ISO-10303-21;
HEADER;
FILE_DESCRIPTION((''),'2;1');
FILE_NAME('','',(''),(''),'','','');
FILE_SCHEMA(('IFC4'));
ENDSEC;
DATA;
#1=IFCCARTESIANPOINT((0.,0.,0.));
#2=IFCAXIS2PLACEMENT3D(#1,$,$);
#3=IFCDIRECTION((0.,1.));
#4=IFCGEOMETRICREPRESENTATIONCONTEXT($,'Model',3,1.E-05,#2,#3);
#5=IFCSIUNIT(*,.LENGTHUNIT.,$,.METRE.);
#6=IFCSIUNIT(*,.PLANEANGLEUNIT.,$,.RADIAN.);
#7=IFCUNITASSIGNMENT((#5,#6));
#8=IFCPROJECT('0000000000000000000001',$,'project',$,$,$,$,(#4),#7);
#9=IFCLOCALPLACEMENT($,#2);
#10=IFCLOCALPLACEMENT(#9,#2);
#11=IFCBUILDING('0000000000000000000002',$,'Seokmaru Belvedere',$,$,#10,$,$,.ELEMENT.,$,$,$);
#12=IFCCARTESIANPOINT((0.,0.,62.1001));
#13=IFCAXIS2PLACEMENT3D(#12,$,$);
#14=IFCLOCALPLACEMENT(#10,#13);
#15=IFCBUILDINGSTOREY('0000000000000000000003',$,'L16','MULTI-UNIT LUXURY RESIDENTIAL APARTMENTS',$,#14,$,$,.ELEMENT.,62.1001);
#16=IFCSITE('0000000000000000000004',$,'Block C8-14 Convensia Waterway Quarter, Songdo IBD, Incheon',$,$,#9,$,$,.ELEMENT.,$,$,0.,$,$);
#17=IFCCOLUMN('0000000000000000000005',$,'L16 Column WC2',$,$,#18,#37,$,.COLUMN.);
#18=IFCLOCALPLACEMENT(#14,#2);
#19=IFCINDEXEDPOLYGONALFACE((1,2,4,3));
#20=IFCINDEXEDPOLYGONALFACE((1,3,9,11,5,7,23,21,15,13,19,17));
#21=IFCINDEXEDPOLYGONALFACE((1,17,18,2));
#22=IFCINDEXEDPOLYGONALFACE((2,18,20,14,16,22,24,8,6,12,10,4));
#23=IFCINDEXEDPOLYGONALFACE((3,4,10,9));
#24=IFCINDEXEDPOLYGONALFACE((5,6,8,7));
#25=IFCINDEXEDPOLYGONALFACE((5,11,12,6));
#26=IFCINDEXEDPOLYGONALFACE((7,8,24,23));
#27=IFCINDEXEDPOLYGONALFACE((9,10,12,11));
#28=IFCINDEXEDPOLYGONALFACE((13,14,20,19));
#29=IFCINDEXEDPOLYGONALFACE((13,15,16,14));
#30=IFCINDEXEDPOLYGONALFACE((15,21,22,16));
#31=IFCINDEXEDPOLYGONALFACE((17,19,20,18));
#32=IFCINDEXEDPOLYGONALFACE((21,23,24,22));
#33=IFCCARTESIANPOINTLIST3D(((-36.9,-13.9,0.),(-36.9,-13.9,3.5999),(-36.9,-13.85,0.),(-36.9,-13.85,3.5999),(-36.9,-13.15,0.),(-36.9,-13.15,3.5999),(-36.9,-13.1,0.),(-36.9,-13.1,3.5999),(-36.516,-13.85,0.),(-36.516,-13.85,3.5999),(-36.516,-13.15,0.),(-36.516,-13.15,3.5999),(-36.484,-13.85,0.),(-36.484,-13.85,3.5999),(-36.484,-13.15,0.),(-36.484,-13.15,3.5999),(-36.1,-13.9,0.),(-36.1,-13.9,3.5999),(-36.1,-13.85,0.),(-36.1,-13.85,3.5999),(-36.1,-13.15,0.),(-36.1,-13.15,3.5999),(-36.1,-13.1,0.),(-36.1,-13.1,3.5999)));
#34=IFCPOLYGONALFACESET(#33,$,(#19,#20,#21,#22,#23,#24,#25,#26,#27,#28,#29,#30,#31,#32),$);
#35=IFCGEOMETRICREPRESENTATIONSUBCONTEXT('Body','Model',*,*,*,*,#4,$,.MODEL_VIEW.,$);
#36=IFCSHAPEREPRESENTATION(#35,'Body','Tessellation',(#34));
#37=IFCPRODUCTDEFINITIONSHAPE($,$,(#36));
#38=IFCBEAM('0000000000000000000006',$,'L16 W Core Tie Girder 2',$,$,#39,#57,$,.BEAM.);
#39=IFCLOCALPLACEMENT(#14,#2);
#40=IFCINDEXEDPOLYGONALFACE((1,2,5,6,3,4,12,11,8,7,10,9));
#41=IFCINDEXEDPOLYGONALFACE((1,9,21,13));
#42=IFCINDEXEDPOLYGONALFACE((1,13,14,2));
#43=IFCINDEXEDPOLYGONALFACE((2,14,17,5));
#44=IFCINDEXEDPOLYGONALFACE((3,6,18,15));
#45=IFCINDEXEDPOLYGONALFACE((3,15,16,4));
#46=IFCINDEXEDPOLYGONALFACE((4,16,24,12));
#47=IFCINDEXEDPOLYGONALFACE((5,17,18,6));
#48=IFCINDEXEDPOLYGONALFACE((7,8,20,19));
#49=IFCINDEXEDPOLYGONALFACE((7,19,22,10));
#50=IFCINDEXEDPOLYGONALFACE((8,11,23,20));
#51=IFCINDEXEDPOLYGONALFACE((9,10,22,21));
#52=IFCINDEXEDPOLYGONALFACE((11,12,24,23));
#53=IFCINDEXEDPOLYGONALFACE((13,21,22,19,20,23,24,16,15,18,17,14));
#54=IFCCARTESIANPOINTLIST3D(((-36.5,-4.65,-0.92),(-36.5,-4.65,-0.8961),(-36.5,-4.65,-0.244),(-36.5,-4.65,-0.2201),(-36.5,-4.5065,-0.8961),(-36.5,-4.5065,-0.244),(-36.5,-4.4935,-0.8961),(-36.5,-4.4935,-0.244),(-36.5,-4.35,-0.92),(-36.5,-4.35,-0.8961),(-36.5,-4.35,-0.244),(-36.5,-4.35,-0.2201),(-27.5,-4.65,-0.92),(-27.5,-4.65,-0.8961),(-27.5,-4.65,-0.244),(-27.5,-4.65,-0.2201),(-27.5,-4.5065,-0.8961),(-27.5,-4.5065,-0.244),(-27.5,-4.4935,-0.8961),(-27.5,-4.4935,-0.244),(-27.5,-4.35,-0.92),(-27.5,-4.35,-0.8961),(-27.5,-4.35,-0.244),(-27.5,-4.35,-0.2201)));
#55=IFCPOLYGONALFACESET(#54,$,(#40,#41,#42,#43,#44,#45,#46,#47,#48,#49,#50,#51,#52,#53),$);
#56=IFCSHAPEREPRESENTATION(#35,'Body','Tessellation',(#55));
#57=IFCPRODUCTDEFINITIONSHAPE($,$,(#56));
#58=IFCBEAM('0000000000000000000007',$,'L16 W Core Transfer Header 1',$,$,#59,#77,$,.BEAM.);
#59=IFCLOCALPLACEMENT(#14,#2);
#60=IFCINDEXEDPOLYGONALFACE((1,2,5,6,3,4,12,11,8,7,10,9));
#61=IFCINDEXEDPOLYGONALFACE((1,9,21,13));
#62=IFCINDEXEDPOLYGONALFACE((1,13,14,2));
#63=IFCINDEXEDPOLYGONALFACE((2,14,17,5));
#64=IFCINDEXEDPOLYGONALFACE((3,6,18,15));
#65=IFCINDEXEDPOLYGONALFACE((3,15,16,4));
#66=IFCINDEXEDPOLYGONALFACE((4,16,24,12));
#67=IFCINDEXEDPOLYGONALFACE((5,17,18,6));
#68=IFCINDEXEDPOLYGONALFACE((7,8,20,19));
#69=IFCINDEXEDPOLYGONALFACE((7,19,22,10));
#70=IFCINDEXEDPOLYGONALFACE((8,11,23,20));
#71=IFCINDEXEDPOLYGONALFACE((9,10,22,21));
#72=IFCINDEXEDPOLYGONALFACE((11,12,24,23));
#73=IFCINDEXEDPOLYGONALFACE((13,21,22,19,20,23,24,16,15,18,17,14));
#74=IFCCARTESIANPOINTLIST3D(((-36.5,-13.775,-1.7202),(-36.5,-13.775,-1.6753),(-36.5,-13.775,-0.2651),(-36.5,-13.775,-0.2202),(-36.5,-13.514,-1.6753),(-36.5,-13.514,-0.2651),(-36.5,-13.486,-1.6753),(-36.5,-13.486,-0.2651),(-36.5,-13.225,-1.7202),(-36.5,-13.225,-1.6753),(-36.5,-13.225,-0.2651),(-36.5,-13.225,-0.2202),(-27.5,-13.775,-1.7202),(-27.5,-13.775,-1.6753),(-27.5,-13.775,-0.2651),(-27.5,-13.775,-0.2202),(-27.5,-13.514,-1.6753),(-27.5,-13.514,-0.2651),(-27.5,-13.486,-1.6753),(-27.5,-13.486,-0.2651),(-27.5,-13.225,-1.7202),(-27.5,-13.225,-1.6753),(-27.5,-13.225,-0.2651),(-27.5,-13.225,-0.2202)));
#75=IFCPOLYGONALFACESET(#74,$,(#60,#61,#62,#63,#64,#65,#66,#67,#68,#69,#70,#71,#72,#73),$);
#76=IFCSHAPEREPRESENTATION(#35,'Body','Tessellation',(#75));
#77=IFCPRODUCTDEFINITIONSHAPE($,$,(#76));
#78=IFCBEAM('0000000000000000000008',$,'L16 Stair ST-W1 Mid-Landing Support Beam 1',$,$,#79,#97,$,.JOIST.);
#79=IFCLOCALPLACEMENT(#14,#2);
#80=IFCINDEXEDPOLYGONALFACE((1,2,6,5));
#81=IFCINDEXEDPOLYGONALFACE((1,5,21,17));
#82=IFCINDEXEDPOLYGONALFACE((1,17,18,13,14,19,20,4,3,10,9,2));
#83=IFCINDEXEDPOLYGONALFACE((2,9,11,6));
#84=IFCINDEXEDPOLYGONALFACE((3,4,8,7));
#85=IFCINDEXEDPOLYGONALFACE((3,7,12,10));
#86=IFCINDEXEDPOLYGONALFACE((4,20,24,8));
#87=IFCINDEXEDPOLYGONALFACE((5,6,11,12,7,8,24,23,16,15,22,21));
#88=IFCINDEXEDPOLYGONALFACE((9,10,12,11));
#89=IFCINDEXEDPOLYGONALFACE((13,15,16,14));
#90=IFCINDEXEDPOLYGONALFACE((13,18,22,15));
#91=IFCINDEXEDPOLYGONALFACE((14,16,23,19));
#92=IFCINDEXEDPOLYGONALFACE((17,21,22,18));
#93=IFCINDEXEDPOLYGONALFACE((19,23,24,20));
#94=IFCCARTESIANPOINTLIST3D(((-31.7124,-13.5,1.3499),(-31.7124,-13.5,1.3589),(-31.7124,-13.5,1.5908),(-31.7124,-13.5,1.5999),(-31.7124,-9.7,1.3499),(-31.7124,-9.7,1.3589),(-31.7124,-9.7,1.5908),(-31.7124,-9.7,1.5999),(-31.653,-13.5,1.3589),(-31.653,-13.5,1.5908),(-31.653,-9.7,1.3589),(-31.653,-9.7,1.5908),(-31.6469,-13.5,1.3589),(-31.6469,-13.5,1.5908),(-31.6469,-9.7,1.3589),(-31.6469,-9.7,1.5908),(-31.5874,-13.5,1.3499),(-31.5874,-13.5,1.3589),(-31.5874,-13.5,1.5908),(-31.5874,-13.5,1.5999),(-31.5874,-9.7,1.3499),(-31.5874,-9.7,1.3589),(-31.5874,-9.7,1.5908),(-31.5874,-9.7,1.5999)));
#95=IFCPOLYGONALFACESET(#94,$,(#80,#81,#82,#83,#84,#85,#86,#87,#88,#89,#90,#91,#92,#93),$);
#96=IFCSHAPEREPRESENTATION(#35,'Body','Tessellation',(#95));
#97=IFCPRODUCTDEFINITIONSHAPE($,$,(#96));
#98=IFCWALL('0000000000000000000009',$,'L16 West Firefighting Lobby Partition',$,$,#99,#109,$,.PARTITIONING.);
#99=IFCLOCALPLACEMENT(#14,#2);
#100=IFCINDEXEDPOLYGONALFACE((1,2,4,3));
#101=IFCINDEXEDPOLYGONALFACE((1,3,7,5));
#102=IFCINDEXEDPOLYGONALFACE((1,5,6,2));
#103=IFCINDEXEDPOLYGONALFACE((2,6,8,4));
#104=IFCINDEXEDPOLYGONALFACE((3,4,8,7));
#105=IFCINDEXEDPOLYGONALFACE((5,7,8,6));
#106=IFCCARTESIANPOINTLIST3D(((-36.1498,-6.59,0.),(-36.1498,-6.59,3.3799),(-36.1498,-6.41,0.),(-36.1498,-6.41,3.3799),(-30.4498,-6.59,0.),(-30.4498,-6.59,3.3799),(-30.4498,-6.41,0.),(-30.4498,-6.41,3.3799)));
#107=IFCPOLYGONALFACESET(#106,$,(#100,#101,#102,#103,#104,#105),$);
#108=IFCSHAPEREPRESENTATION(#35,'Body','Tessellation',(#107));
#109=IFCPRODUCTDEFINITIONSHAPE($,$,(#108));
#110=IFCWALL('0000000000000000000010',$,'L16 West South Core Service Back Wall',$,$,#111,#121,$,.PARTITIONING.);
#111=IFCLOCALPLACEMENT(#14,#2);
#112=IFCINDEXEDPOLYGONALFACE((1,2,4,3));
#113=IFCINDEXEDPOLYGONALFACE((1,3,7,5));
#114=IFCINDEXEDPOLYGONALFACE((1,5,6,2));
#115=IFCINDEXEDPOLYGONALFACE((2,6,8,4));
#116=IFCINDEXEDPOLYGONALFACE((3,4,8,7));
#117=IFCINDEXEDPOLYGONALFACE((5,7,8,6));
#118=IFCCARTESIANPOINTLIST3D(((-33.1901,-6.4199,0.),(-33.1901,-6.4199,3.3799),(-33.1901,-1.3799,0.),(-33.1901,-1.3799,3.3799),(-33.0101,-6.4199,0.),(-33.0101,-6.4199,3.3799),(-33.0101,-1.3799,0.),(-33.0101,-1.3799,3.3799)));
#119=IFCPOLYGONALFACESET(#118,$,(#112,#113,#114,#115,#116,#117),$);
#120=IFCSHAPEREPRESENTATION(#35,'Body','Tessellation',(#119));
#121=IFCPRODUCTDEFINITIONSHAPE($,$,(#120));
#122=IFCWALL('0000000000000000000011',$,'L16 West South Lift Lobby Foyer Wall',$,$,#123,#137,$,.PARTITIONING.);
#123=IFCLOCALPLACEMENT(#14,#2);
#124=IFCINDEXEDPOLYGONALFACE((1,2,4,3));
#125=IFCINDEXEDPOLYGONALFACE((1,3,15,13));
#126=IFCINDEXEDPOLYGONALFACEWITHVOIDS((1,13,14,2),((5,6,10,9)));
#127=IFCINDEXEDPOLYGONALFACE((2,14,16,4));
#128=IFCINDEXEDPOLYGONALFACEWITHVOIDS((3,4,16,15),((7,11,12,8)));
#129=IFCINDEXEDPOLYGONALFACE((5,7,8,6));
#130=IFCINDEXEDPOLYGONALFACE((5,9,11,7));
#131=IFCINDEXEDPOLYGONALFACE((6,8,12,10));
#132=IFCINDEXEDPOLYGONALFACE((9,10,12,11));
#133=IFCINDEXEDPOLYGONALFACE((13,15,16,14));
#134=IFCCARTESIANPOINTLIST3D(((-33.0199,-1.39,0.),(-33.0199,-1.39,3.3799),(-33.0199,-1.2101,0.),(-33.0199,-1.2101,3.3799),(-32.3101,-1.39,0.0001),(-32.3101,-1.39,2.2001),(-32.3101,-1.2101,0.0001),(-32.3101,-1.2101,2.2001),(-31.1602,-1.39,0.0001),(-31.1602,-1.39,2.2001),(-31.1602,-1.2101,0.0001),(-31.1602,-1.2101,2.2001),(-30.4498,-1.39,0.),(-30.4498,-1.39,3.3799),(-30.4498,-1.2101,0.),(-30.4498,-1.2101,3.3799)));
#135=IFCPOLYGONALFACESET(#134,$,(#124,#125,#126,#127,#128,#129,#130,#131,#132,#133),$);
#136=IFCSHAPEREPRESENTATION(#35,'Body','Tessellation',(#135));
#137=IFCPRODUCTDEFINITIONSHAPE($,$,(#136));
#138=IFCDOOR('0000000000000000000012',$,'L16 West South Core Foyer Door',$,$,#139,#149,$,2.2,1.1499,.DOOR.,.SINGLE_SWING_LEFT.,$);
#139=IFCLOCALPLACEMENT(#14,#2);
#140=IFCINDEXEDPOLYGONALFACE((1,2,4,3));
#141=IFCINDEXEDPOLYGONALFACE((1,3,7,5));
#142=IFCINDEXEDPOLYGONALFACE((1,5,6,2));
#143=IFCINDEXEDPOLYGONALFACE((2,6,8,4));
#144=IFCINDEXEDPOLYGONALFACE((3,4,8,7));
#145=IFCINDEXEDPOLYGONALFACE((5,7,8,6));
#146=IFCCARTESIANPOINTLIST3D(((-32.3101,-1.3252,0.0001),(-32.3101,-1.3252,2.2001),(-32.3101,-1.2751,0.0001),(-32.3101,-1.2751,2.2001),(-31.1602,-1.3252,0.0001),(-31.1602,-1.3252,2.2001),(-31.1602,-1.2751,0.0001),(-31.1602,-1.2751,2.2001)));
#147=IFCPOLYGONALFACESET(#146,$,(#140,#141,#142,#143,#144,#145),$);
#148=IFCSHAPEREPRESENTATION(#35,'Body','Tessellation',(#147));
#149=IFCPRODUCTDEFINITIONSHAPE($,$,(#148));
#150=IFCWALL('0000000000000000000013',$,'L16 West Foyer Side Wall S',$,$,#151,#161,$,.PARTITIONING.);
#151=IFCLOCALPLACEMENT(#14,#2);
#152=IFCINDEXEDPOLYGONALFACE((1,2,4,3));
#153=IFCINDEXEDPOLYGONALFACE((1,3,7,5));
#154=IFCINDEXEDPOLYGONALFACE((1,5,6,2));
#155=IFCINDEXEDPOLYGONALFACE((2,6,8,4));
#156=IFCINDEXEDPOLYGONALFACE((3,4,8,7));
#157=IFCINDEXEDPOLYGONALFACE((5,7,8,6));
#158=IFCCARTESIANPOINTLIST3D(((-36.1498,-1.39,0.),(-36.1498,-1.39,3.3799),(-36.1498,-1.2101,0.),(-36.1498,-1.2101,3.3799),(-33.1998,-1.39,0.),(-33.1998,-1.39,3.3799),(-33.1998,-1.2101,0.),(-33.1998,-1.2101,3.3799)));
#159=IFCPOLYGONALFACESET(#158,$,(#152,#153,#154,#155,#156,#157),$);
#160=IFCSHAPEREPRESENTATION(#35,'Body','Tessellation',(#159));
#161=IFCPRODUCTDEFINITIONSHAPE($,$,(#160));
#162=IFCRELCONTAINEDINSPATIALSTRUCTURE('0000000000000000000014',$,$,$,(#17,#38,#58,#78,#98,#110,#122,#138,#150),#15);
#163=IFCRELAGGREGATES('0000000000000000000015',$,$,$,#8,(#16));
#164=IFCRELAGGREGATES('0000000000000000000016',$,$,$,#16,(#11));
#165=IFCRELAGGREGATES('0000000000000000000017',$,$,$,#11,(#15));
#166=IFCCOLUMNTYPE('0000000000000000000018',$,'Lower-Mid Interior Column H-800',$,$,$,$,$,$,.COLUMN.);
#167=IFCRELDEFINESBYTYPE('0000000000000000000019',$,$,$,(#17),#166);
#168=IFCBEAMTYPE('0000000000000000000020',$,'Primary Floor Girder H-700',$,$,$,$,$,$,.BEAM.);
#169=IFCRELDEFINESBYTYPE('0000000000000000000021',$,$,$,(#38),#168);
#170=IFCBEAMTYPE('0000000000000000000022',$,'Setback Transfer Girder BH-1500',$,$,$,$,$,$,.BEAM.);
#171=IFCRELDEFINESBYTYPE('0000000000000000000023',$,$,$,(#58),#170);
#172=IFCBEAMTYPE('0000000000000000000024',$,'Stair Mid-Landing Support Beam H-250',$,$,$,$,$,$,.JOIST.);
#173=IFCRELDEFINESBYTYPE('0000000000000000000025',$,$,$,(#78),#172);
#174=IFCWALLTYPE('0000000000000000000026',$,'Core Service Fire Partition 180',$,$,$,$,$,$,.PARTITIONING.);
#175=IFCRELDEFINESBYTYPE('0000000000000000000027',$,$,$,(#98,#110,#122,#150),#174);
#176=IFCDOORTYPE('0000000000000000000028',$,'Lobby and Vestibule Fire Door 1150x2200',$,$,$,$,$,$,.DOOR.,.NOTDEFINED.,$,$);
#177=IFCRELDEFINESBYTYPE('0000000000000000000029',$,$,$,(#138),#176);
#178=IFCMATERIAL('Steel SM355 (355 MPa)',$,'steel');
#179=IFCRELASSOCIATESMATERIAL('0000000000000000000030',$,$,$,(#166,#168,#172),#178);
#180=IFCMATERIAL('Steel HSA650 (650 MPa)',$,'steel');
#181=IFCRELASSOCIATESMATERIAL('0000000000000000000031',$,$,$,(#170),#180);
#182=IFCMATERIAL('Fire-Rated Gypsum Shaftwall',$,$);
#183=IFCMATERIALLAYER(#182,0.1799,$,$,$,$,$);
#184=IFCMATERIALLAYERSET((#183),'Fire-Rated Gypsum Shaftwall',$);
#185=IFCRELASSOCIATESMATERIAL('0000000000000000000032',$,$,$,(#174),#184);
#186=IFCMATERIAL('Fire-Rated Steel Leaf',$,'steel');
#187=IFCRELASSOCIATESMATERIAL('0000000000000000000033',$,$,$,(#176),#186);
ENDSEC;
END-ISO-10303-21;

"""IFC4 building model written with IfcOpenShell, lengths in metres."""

from ifc_helpers import new_model, si_unit, direction, frame, frame_2d, origin, origin_2d, place, context, subcontext, project, spatial, rectangle, i_section, extrude, source, transform, mapped, material, layer, layer_set, material_profile, profile_set, type_object, type_shapes, element, fill, save


model = new_model("IFC4")

# Units and contexts
model_context = context("Model", 3, precision=1e-05, world=origin(), true_north=direction((0.0, 1.0)))
body_context = subcontext(model_context, "Body", "Model", "MODEL_VIEW")
ifc_project = project(units=[si_unit("LENGTHUNIT", "METRE"), si_unit("PLANEANGLEUNIT", "RADIAN")], contexts=[model_context])

# Site, building, storey
site_placement = place(None, origin())
site = spatial("IfcSite", under=ifc_project, at=site_placement, Name="Block C8-14 Convensia Waterway Quarter, Songdo IBD, Incheon", CompositionType="ELEMENT", RefElevation=0.0)
building_placement = place(site_placement, origin())
building = spatial("IfcBuilding", under=site, at=building_placement, Name="Seokmaru Belvedere", CompositionType="ELEMENT")
storey_placement = place(building_placement, frame((0.0, 0.0, 62.1001)))
storey = spatial("IfcBuildingStorey", under=building, at=storey_placement, Name="L16", Description="MULTI-UNIT LUXURY RESIDENTIAL APARTMENTS", CompositionType="ELEMENT", Elevation=62.1001)

# Column
ifc_material_1 = material(Name="Steel SM355 (355 MPa)", Category="steel")
ifc_material_profile_1 = material_profile(ifc_material_1, i_section(OverallWidth=0.8, OverallDepth=0.8, WebThickness=0.032, FlangeThickness=0.05, at=origin_2d()), Name="H-800x800x32x50")
ifc_profile_set_1 = profile_set([ifc_material_profile_1], Name="Steel SM355 (355 MPa)")
column_type = type_object("IfcColumnType", Name="Lower-Mid Interior Column H-800", PredefinedType="COLUMN", material=ifc_profile_set_1)
shared_shape_1 = source(origin(), body_context, "Body", "SweptSolid", [
    extrude(i_section(OverallWidth=0.8, OverallDepth=0.8, WebThickness=0.032, FlangeThickness=0.05, at=origin_2d()), origin(), (0.0, 0.0, 1.0), 3.5999),
])
type_shapes(column_type, [shared_shape_1])
column_placement = place(storey_placement, frame((-36.5, -13.5, 0.0), z_axis=(0.0, 0.0, 1.0), x_axis=(1.0, 0.0, 0.0)))
element("IfcColumn", 1, at=column_placement, inside=storey, type_object=column_type, Name="L16 Column WC2", PredefinedType="COLUMN", context=body_context, shape_type="MappedRepresentation", body=[
    mapped(shared_shape_1, transform((0.0, 0.0, 0.0), scale=1.0)),
])

# Beams
ifc_material_profile_2 = material_profile(ifc_material_1, i_section(OverallWidth=0.3, OverallDepth=0.7, WebThickness=0.0129, FlangeThickness=0.0239, at=origin_2d()), Name="H-700x300x13x24")
ifc_profile_set_2 = profile_set([ifc_material_profile_2], Name="Steel SM355 (355 MPa)")
beam_type_1 = type_object("IfcBeamType", Name="Primary Floor Girder H-700", PredefinedType="BEAM", material=ifc_profile_set_2)
shared_shape_2 = source(origin(), body_context, "Body", "SweptSolid", [
    extrude(i_section(OverallWidth=0.3, OverallDepth=0.7, WebThickness=0.0129, FlangeThickness=0.0239, at=origin_2d()), origin(), (0.0, 0.0, 1.0), 9.0),
])
type_shapes(beam_type_1, [shared_shape_2])
beam_1_placement = place(storey_placement, frame((-36.5, -4.5, -0.5701), z_axis=(1.0, 0.0, 0.0), x_axis=(0.0, 1.0, 0.0)))
element("IfcBeam", 2, at=beam_1_placement, inside=storey, type_object=beam_type_1, Name="L16 W Core Tie Girder 2", PredefinedType="BEAM", context=body_context, shape_type="MappedRepresentation", body=[
    mapped(shared_shape_2, transform((0.0, 0.0, 0.0), scale=1.0)),
])
ifc_material_2 = material(Name="Steel HSA650 (650 MPa)", Category="steel")
ifc_material_profile_3 = material_profile(ifc_material_2, i_section(OverallWidth=0.55, OverallDepth=1.5, WebThickness=0.0281, FlangeThickness=0.0449, at=origin_2d()), Name="BH-1500x550x28x45")
ifc_profile_set_3 = profile_set([ifc_material_profile_3], Name="Steel HSA650 (650 MPa)")
beam_type_2 = type_object("IfcBeamType", Name="Setback Transfer Girder BH-1500", PredefinedType="BEAM", material=ifc_profile_set_3)
shared_shape_3 = source(origin(), body_context, "Body", "SweptSolid", [
    extrude(i_section(OverallWidth=0.55, OverallDepth=1.5, WebThickness=0.0281, FlangeThickness=0.0449, at=origin_2d()), origin(), (0.0, 0.0, 1.0), 9.0),
])
type_shapes(beam_type_2, [shared_shape_3])
beam_2_placement = place(storey_placement, frame((-36.5, -13.5, -0.9702), z_axis=(1.0, 0.0, 0.0), x_axis=(0.0, 1.0, 0.0)))
element("IfcBeam", 3, at=beam_2_placement, inside=storey, type_object=beam_type_2, Name="L16 W Core Transfer Header 1", PredefinedType="BEAM", context=body_context, shape_type="MappedRepresentation", body=[
    mapped(shared_shape_3, transform((0.0, 0.0, 0.0), scale=1.0)),
])
ifc_material_profile_4 = material_profile(ifc_material_1, i_section(OverallWidth=0.125, OverallDepth=0.25, WebThickness=0.0061, FlangeThickness=0.009, at=origin_2d()), Name="H-250x125x6x9")
ifc_profile_set_4 = profile_set([ifc_material_profile_4], Name="Steel SM355 (355 MPa)")
beam_type_3 = type_object("IfcBeamType", Name="Stair Mid-Landing Support Beam H-250", PredefinedType="JOIST", material=ifc_profile_set_4)
shared_shape_4 = source(origin(), body_context, "Body", "SweptSolid", [
    extrude(i_section(OverallWidth=0.125, OverallDepth=0.25, WebThickness=0.0061, FlangeThickness=0.009, at=origin_2d()), origin(), (0.0, 0.0, 1.0), 3.8),
])
type_shapes(beam_type_3, [shared_shape_4])
beam_3_placement = place(storey_placement, frame((-31.6499, -13.5, 1.4749), z_axis=(0.0, 1.0, 0.0), x_axis=(-1.0, 0.0, 0.0)))
element("IfcBeam", 4, at=beam_3_placement, inside=storey, type_object=beam_type_3, Name="L16 Stair ST-W1 Mid-Landing Support Beam 1", PredefinedType="JOIST", context=body_context, shape_type="MappedRepresentation", body=[
    mapped(shared_shape_4, transform((0.0, 0.0, 0.0), scale=1.0)),
])

# Walls
ifc_material_3 = material(Name="Fire-Rated Gypsum Shaftwall")
ifc_layer_1 = layer(ifc_material_3, 0.1799)
ifc_layer_set_1 = layer_set([ifc_layer_1], Name="Fire-Rated Gypsum Shaftwall")
wall_type_1 = type_object("IfcWallType", Name="Core Service Fire Partition 180", PredefinedType="PARTITIONING", material=ifc_layer_set_1)
wall_1_placement = place(storey_placement, frame((-36.1499, -6.5, 0.0), z_axis=(0.0, 0.0, 1.0), x_axis=(1.0, 0.0, 0.0)))
element("IfcWall", 5, at=wall_1_placement, inside=storey, type_object=wall_type_1, Name="L16 West Firefighting Lobby Partition", PredefinedType="PARTITIONING", context=body_context, shape_type="SweptSolid", body=[
    extrude(rectangle(XDim=5.7, YDim=0.1799, at=frame_2d((2.8501, 0.0))), origin(), (0.0, 0.0, 1.0), 3.3799),
])
wall_2_placement = place(storey_placement, frame((-33.1001, -6.4199, 0.0), z_axis=(0.0, 0.0, 1.0), x_axis=(0.0, 1.0, 0.0)))
element("IfcWall", 6, at=wall_2_placement, inside=storey, type_object=wall_type_1, Name="L16 West South Core Service Back Wall", PredefinedType="PARTITIONING", context=body_context, shape_type="SweptSolid", body=[
    extrude(rectangle(XDim=5.04, YDim=0.1799, at=frame_2d((2.52, 0.0))), origin(), (0.0, 0.0, 1.0), 3.3799),
])

# Wall, opening, door
wall_3_placement = place(storey_placement, frame((-33.02, -1.3, 0.0), z_axis=(0.0, 0.0, 1.0), x_axis=(1.0, 0.0, 0.0)))
wall_3 = element("IfcWall", 7, at=wall_3_placement, inside=storey, type_object=wall_type_1, Name="L16 West South Lift Lobby Foyer Wall", PredefinedType="PARTITIONING", context=body_context, shape_type="SweptSolid", body=[
    extrude(rectangle(XDim=2.5701, YDim=0.1799, at=frame_2d((1.2852, 0.0))), origin(), (0.0, 0.0, 1.0), 3.3799),
])
opening_1_placement = place(wall_3_placement, frame((0.71, 0.0, 0.0)))
opening_1 = element("IfcOpeningElement", 8, at=opening_1_placement, cuts=wall_3, PredefinedType="OPENING", context=body_context, shape_type="SweptSolid", body=[
    extrude(rectangle(XDim=1.1499, YDim=2.2, at=frame_2d((0.575, 1.1001))), frame((0.0, 0.1001, 0.0), z_axis=(0.0, -1.0, 0.0), x_axis=(1.0, 0.0, 0.0)), (0.0, 0.0, 1.0), 0.2),
])
ifc_material_4 = material(Name="Fire-Rated Steel Leaf", Category="steel")
door_type_1 = type_object("IfcDoorType", Name="Lobby and Vestibule Fire Door 1150x2200", OperationType="NOTDEFINED", PredefinedType="DOOR", material=ifc_material_4)
shared_shape_5 = source(origin(), body_context, "Body", "SweptSolid", [
    extrude(rectangle(XDim=1.1499, YDim=2.2, at=frame_2d((0.575, 1.1001))), frame((0.0, 0.0249, 0.0), z_axis=(0.0, -1.0, 0.0), x_axis=(1.0, 0.0, 0.0)), (0.0, 0.0, 1.0), 0.05),
])
type_shapes(door_type_1, [shared_shape_5])
door_1_placement = place(opening_1_placement, origin())
door_1 = element("IfcDoor", 9, at=door_1_placement, inside=storey, type_object=door_type_1, Name="L16 West South Core Foyer Door", OperationType="SINGLE_SWING_LEFT", OverallHeight=2.2, OverallWidth=1.1499, PredefinedType="DOOR", context=body_context, shape_type="MappedRepresentation", body=[
    mapped(shared_shape_5, transform((0.0, 0.0, 0.0), scale=1.0)),
])
fill(opening_1, door_1)

# Wall
wall_4_placement = place(storey_placement, frame((-36.1499, -1.3, 0.0), z_axis=(0.0, 0.0, 1.0), x_axis=(1.0, 0.0, 0.0)))
element("IfcWall", 10, at=wall_4_placement, inside=storey, type_object=wall_type_1, Name="L16 West Foyer Side Wall S", PredefinedType="PARTITIONING", context=body_context, shape_type="SweptSolid", body=[
    extrude(rectangle(XDim=2.95, YDim=0.1799, at=frame_2d((1.4751, 0.0))), origin(), (0.0, 0.0, 1.0), 3.3799),
])

save(model, "model.ifc")
